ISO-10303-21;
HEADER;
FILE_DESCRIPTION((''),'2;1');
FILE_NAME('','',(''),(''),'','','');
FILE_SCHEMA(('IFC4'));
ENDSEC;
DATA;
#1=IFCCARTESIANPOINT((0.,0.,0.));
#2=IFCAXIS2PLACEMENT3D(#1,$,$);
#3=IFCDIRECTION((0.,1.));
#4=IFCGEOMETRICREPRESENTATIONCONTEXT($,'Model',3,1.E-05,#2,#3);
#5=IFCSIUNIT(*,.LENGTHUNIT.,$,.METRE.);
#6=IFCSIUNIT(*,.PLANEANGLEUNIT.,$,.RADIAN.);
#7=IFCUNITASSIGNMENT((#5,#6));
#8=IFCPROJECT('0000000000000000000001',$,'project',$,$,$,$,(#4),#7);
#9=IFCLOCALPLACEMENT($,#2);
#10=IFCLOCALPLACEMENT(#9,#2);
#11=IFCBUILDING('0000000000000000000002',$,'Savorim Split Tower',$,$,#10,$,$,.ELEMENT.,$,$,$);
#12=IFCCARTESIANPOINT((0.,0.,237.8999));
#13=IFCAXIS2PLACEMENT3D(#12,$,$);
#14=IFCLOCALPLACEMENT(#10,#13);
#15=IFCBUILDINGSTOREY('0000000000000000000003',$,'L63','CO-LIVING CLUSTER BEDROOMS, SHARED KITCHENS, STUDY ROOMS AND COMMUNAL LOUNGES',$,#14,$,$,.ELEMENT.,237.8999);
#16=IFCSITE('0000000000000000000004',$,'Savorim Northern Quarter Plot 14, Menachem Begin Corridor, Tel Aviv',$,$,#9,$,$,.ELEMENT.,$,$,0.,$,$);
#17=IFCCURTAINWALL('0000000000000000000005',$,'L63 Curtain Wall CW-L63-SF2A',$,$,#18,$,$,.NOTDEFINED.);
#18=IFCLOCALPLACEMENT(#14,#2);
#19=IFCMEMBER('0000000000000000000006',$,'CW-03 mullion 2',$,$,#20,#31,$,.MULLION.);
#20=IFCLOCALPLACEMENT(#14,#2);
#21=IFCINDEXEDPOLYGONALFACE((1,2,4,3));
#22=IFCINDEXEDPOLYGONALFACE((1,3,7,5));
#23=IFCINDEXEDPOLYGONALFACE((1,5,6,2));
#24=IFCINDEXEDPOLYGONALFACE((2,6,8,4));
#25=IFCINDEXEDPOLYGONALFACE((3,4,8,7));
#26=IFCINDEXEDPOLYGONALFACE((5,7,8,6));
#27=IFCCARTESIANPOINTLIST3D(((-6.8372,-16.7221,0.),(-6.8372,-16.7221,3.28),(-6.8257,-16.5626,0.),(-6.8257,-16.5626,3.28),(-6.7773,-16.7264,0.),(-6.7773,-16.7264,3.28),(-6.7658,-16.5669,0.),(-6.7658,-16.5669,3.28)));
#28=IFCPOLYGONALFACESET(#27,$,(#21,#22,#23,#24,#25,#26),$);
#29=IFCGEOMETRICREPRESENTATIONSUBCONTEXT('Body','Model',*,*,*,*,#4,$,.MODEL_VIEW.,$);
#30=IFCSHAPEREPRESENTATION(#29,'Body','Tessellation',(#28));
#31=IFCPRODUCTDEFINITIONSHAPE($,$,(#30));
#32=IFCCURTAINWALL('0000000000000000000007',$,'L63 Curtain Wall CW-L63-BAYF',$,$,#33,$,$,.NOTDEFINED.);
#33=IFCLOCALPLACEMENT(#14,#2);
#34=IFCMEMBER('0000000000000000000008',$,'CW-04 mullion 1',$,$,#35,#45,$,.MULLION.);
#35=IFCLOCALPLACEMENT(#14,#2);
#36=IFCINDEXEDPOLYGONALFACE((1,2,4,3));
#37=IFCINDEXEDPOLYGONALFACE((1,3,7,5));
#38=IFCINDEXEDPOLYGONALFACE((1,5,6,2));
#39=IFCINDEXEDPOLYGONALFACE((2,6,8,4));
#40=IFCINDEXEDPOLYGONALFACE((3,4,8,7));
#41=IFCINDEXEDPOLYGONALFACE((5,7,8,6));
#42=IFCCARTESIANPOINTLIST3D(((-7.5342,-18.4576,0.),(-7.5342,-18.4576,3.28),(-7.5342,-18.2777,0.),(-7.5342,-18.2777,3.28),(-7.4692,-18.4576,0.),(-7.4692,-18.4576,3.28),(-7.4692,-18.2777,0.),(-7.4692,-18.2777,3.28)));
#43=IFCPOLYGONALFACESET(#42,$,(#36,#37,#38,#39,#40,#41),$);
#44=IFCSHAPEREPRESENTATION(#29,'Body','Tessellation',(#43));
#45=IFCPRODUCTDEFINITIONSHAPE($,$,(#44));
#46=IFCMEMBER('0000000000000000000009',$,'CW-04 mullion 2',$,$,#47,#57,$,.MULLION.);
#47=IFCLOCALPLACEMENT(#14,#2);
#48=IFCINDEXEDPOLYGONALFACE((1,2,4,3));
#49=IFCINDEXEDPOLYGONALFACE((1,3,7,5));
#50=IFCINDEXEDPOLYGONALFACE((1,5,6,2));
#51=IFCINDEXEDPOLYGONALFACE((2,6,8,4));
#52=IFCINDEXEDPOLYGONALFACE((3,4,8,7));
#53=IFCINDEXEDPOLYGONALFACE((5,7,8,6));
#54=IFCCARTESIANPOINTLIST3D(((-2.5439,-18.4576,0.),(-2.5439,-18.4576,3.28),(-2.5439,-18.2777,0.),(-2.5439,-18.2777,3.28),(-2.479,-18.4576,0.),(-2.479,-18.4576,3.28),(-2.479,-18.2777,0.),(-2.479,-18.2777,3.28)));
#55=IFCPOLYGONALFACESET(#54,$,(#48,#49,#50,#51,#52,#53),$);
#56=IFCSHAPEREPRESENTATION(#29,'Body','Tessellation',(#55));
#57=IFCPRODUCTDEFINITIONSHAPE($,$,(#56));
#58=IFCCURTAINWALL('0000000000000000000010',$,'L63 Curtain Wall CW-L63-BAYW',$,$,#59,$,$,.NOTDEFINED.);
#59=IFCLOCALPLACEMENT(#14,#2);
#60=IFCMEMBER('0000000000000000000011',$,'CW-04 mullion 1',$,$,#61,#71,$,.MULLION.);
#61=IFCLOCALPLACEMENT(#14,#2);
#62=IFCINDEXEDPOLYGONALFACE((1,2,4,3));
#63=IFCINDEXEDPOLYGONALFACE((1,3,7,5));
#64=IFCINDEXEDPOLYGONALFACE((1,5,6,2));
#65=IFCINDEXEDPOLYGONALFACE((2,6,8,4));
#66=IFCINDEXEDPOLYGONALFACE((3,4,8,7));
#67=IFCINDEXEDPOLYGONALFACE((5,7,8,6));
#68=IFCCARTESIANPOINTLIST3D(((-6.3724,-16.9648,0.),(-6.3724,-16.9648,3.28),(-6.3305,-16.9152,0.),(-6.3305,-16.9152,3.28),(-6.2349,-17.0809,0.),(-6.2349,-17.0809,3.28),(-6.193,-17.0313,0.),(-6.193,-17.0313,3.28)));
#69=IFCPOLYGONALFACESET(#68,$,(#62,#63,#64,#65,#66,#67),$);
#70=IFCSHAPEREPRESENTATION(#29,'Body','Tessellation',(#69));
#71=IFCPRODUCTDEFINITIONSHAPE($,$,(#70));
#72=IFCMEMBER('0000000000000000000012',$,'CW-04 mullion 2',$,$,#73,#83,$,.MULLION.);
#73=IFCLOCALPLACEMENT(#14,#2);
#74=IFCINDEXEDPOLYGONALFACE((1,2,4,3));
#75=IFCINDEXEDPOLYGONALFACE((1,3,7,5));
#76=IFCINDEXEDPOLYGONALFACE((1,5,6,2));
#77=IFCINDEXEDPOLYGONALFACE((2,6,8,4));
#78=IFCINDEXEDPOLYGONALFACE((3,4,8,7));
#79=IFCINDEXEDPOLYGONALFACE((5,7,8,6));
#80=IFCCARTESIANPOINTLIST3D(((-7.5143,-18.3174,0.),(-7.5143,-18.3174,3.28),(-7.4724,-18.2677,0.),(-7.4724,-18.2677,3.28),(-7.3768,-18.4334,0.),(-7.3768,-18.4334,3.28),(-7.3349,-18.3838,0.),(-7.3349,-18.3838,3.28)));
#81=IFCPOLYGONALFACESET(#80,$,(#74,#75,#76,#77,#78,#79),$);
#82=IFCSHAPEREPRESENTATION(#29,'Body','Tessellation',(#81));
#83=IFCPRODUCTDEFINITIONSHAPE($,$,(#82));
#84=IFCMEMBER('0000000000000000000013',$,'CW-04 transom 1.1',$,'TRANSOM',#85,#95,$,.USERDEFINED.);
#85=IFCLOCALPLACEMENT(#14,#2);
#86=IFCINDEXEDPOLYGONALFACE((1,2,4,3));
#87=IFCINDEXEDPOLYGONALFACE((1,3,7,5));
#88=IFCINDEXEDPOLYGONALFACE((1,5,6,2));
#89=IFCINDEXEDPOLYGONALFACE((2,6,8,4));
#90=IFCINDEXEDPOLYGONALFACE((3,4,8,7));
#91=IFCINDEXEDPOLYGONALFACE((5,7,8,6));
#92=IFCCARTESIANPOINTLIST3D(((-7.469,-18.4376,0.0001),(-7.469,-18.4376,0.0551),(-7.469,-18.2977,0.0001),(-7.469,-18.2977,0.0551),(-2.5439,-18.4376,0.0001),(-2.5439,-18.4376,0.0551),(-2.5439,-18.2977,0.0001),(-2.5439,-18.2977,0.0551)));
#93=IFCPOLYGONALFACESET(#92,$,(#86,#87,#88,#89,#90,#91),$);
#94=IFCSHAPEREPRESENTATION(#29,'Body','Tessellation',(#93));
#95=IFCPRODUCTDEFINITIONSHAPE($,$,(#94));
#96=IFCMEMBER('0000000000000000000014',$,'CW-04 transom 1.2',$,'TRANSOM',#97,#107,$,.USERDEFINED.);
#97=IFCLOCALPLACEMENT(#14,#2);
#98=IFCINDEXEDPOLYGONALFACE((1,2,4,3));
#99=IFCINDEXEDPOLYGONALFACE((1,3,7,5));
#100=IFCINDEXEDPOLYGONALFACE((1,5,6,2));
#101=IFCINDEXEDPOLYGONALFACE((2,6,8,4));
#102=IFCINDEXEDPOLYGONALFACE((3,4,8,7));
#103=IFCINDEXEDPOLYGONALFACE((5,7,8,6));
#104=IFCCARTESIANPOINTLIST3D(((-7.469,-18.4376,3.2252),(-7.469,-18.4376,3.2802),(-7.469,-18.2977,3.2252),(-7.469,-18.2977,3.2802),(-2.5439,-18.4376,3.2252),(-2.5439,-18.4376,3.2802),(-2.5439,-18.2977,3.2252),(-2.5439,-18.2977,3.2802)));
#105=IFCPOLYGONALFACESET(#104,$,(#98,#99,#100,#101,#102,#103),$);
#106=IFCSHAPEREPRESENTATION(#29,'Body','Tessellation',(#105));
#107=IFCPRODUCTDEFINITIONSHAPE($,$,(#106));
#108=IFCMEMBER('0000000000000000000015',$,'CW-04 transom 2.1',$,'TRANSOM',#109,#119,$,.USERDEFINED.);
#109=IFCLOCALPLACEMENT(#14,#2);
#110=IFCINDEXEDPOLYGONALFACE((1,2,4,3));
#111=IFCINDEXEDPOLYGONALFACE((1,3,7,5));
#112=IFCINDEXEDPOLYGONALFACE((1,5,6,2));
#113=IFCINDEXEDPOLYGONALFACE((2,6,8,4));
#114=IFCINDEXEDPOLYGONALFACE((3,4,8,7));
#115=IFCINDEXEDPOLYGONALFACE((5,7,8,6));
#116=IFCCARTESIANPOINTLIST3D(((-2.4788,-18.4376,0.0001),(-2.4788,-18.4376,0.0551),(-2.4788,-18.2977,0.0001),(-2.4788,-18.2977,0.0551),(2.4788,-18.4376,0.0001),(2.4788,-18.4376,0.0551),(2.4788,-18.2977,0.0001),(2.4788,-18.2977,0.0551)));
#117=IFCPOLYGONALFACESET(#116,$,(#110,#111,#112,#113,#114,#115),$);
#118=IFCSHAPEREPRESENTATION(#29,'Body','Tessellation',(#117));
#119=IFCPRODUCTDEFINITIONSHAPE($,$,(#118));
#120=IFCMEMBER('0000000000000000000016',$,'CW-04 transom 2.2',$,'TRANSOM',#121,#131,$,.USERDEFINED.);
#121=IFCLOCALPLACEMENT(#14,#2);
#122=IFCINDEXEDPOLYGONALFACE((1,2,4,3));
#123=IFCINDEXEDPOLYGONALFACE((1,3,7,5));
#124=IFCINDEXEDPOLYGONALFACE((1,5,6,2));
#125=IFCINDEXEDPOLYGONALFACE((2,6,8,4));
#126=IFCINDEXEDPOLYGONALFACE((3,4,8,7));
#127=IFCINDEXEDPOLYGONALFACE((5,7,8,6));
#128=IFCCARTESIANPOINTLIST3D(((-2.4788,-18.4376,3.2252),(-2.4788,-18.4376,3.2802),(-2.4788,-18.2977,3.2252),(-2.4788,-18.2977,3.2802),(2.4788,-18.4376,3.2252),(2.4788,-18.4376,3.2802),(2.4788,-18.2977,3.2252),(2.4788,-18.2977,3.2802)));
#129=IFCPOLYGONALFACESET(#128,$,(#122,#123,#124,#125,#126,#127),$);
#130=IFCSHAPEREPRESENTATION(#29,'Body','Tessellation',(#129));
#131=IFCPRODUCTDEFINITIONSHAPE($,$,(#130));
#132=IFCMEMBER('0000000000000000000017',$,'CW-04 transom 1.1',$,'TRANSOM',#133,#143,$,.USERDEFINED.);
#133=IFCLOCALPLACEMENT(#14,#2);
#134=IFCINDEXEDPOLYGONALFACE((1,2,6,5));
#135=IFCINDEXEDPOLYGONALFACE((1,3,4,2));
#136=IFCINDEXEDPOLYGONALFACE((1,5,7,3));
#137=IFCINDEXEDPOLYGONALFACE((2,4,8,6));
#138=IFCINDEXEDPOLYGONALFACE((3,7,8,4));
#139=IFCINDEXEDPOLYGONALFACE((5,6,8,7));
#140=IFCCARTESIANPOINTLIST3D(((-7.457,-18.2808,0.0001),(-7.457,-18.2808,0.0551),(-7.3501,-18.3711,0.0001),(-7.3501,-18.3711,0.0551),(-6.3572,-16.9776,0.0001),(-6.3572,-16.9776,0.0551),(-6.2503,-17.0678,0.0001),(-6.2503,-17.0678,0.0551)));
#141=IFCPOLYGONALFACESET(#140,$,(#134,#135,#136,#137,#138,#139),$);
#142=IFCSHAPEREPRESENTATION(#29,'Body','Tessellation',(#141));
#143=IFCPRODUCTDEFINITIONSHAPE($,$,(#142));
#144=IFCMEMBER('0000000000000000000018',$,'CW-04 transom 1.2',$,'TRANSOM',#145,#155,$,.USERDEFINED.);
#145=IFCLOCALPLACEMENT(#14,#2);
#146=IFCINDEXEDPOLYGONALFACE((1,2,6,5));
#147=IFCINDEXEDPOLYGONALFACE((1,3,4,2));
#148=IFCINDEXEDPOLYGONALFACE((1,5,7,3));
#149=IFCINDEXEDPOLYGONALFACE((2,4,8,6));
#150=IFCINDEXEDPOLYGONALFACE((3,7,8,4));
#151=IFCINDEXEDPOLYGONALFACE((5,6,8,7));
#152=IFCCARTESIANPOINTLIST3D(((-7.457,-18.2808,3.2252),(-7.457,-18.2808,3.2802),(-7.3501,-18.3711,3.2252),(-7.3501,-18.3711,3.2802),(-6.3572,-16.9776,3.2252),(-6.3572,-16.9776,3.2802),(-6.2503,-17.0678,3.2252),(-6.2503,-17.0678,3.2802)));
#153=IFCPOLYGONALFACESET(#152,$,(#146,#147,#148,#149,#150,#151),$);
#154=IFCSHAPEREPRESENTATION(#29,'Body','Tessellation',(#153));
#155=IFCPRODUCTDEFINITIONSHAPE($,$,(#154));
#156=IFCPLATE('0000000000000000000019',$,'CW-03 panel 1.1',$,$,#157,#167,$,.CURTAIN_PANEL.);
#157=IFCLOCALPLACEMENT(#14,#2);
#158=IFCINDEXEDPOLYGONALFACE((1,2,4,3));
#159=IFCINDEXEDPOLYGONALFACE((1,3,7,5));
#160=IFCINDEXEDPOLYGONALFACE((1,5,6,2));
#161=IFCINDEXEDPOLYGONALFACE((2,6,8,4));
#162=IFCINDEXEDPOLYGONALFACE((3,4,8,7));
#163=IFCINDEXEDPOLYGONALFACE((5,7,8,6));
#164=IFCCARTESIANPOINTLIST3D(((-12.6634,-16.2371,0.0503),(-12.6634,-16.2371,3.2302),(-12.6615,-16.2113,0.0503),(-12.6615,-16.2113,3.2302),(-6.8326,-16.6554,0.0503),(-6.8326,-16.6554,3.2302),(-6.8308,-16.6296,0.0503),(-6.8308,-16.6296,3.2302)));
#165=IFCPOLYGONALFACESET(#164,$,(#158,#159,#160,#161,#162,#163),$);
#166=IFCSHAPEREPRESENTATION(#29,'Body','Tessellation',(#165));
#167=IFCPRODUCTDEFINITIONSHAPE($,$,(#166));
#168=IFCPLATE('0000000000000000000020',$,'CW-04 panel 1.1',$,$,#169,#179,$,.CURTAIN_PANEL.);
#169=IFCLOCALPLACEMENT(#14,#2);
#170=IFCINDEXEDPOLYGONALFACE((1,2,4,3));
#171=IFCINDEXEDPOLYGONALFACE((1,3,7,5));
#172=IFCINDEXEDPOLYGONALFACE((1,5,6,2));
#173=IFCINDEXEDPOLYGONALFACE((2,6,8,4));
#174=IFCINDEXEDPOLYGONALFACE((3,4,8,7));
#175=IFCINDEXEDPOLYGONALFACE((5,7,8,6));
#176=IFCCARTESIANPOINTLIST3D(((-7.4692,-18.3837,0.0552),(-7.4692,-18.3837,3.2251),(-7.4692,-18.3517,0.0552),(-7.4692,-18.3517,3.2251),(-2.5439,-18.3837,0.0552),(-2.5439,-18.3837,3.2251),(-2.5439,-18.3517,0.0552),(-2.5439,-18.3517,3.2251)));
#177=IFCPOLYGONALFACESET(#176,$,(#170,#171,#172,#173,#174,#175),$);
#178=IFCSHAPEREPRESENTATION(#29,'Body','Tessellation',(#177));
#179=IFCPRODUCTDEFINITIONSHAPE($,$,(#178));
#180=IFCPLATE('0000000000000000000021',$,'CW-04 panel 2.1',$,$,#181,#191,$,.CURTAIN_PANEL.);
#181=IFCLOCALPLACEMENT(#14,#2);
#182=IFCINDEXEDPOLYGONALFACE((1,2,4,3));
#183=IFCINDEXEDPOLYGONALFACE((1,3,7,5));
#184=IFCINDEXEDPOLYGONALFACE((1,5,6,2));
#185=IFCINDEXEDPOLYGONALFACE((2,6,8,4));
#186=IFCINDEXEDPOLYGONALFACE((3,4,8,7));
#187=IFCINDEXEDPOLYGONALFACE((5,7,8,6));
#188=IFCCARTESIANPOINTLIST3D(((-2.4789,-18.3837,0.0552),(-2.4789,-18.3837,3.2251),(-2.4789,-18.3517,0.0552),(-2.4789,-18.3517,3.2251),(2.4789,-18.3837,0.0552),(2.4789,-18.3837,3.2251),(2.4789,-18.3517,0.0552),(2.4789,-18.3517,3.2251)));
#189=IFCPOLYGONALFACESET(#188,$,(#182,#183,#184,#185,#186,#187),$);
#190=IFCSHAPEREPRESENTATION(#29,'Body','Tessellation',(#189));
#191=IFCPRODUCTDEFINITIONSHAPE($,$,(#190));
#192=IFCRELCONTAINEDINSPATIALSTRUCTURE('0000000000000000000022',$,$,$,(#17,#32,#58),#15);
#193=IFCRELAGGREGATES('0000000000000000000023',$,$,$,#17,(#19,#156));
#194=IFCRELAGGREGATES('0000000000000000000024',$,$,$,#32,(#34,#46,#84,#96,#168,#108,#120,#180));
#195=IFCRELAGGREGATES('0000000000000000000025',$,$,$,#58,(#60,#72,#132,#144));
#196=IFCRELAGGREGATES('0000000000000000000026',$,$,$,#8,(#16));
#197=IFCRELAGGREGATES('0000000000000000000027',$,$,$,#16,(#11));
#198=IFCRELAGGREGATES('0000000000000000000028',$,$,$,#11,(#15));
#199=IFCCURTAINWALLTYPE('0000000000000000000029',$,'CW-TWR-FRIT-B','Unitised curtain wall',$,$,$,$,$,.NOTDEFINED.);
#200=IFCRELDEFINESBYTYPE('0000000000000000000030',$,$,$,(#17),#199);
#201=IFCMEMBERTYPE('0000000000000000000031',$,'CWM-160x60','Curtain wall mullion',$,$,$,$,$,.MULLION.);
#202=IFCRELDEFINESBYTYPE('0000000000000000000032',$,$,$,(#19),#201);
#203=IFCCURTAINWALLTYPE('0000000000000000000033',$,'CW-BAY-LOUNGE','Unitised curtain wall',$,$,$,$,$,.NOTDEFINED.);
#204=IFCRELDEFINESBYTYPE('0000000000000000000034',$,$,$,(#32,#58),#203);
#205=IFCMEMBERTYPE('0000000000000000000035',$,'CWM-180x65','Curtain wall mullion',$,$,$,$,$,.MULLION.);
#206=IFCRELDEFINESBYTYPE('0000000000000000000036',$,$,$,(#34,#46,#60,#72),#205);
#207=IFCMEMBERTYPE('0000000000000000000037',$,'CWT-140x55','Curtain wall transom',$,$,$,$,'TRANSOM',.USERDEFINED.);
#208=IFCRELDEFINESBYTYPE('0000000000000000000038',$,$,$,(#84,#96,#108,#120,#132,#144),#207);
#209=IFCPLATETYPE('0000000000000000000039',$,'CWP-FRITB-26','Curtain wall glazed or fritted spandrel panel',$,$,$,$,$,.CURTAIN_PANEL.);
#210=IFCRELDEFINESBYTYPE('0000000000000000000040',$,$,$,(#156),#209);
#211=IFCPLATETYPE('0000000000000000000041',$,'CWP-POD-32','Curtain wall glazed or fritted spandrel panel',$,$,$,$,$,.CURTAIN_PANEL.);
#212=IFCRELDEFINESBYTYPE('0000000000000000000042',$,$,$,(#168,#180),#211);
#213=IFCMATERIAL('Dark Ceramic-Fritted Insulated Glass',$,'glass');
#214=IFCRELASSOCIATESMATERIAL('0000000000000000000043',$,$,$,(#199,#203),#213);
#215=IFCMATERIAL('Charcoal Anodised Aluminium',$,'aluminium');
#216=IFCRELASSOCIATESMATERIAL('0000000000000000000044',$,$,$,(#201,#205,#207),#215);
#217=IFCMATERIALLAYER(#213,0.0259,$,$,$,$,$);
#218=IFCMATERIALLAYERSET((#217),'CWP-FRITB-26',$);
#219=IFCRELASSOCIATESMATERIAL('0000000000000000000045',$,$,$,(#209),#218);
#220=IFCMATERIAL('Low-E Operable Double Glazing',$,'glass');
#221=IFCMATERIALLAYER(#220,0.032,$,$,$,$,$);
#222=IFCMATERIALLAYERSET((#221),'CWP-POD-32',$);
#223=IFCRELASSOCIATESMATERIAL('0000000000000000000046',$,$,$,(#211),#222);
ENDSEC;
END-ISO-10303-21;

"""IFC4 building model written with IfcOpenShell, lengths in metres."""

from ifc_helpers import new_model, si_unit, direction, frame, origin, origin_2d, place, context, subcontext, project, spatial, rectangle, extrude, material, layer, layer_set, material_profile, profile_set, type_object, element, aggregate, save


model = new_model("IFC4")

# Units and contexts
model_context = context("Model", 3, precision=1e-05, world=origin(), true_north=direction((0.0, 1.0)))
body_context = subcontext(model_context, "Body", "Model", "MODEL_VIEW")
ifc_project = project(units=[si_unit("LENGTHUNIT", "METRE"), si_unit("PLANEANGLEUNIT", "RADIAN")], contexts=[model_context])

# Site, building, storey
site_placement = place(None, origin())
site = spatial("IfcSite", under=ifc_project, at=site_placement, Name="Savorim Northern Quarter Plot 14, Menachem Begin Corridor, Tel Aviv", CompositionType="ELEMENT", RefElevation=0.0)
building_placement = place(site_placement, origin())
building = spatial("IfcBuilding", under=site, at=building_placement, Name="Savorim Split Tower", CompositionType="ELEMENT")
storey_placement = place(building_placement, frame((0.0, 0.0, 237.8999)))
storey = spatial("IfcBuildingStorey", under=building, at=storey_placement, Name="L63", Description="CO-LIVING CLUSTER BEDROOMS, SHARED KITCHENS, STUDY ROOMS AND COMMUNAL LOUNGES", CompositionType="ELEMENT", Elevation=237.8999)

# Curtain wall, member
ifc_material_1 = material(Name="Dark Ceramic-Fritted Insulated Glass", Category="glass")
curtain_wall_type_1 = type_object("IfcCurtainWallType", Name="CW-TWR-FRIT-B", Description="Unitised curtain wall", PredefinedType="NOTDEFINED", material=ifc_material_1)
curtain_wall_1_placement = place(storey_placement, origin())
curtain_wall_1 = element("IfcCurtainWall", 1, at=curtain_wall_1_placement, inside=storey, type_object=curtain_wall_type_1, Name="L63 Curtain Wall CW-L63-SF2A", PredefinedType="NOTDEFINED")
ifc_material_2 = material(Name="Charcoal Anodised Aluminium", Category="aluminium")
ifc_material_profile_1 = material_profile(ifc_material_2, rectangle(XDim=0.1599, YDim=0.0601, at=origin_2d()), Name="ALU-M 160x60")
ifc_profile_set_1 = profile_set([ifc_material_profile_1], Name="Charcoal Anodised Aluminium")
member_type_1 = type_object("IfcMemberType", Name="CWM-160x60", Description="Curtain wall mullion", PredefinedType="MULLION", material=ifc_profile_set_1)
member_1_placement = place(storey_placement, frame((-6.8015, -16.6445, 0.0), z_axis=(0.0, 0.0, 1.0), x_axis=(0.071558, 0.997436, 0.0)))
member_1 = element("IfcMember", 2, at=member_1_placement, type_object=member_type_1, Name="CW-03 mullion 2", PredefinedType="MULLION", context=body_context, shape_type="SweptSolid", body=[
    extrude(rectangle(XDim=0.1599, YDim=0.0601, at=origin_2d()), origin(), (0.0, 0.0, 1.0), 3.28),
])

# Curtain walls, members
curtain_wall_type_2 = type_object("IfcCurtainWallType", Name="CW-BAY-LOUNGE", Description="Unitised curtain wall", PredefinedType="NOTDEFINED", material=ifc_material_1)
curtain_wall_2_placement = place(storey_placement, origin())
curtain_wall_2 = element("IfcCurtainWall", 3, at=curtain_wall_2_placement, inside=storey, type_object=curtain_wall_type_2, Name="L63 Curtain Wall CW-L63-BAYF", PredefinedType="NOTDEFINED")
ifc_material_profile_2 = material_profile(ifc_material_2, rectangle(XDim=0.1799, YDim=0.0649, at=origin_2d()), Name="ALU-M 180x65")
ifc_profile_set_2 = profile_set([ifc_material_profile_2], Name="Charcoal Anodised Aluminium")
member_type_2 = type_object("IfcMemberType", Name="CWM-180x65", Description="Curtain wall mullion", PredefinedType="MULLION", material=ifc_profile_set_2)
member_2_placement = place(storey_placement, frame((-7.5017, -18.3677, 0.0), z_axis=(0.0, 0.0, 1.0), x_axis=(0.0, 1.0, 0.0)))
member_2 = element("IfcMember", 4, at=member_2_placement, type_object=member_type_2, Name="CW-04 mullion 1", PredefinedType="MULLION", context=body_context, shape_type="SweptSolid", body=[
    extrude(rectangle(XDim=0.1799, YDim=0.0649, at=origin_2d()), origin(), (0.0, 0.0, 1.0), 3.28),
])
member_3_placement = place(storey_placement, frame((-2.5115, -18.3677, 0.0), z_axis=(0.0, 0.0, 1.0), x_axis=(0.0, 1.0, 0.0)))
member_3 = element("IfcMember", 5, at=member_3_placement, type_object=member_type_2, Name="CW-04 mullion 2", PredefinedType="MULLION", context=body_context, shape_type="SweptSolid", body=[
    extrude(rectangle(XDim=0.1799, YDim=0.0649, at=origin_2d()), origin(), (0.0, 0.0, 1.0), 3.28),
])
curtain_wall_3_placement = place(storey_placement, origin())
curtain_wall_3 = element("IfcCurtainWall", 6, at=curtain_wall_3_placement, inside=storey, type_object=curtain_wall_type_2, Name="L63 Curtain Wall CW-L63-BAYW", PredefinedType="NOTDEFINED")
member_4_placement = place(storey_placement, frame((-6.2827, -16.998, 0.0), z_axis=(0.0, 0.0, 1.0), x_axis=(0.764177, -0.645006, 0.0)))
member_4 = element("IfcMember", 7, at=member_4_placement, type_object=member_type_2, Name="CW-04 mullion 1", PredefinedType="MULLION", context=body_context, shape_type="SweptSolid", body=[
    extrude(rectangle(XDim=0.1799, YDim=0.0649, at=origin_2d()), origin(), (0.0, 0.0, 1.0), 3.28),
])
member_5_placement = place(storey_placement, frame((-7.4246, -18.3506, 0.0), z_axis=(0.0, 0.0, 1.0), x_axis=(0.764177, -0.645006, 0.0)))
member_5 = element("IfcMember", 8, at=member_5_placement, type_object=member_type_2, Name="CW-04 mullion 2", PredefinedType="MULLION", context=body_context, shape_type="SweptSolid", body=[
    extrude(rectangle(XDim=0.1799, YDim=0.0649, at=origin_2d()), origin(), (0.0, 0.0, 1.0), 3.28),
])

# Members
ifc_material_profile_3 = material_profile(ifc_material_2, rectangle(XDim=0.1399, YDim=0.0549, at=origin_2d()), Name="ALU-T 140x55")
ifc_profile_set_3 = profile_set([ifc_material_profile_3], Name="Charcoal Anodised Aluminium")
member_type_3 = type_object("IfcMemberType", Name="CWT-140x55", Description="Curtain wall transom", ElementType="TRANSOM", PredefinedType="USERDEFINED", material=ifc_profile_set_3)
member_6_placement = place(storey_placement, frame((-7.469, -18.3677, 0.0276), z_axis=(1.0, 0.0, 0.0), x_axis=(0.0, 1.0, 0.0)))
member_6 = element("IfcMember", 9, at=member_6_placement, type_object=member_type_3, Name="CW-04 transom 1.1", ObjectType="TRANSOM", PredefinedType="USERDEFINED", context=body_context, shape_type="SweptSolid", body=[
    extrude(rectangle(XDim=0.1399, YDim=0.0549, at=origin_2d()), origin(), (0.0, 0.0, 1.0), 4.925),
])
member_7_placement = place(storey_placement, frame((-7.469, -18.3677, 3.2527), z_axis=(1.0, 0.0, 0.0), x_axis=(0.0, 1.0, 0.0)))
member_7 = element("IfcMember", 10, at=member_7_placement, type_object=member_type_3, Name="CW-04 transom 1.2", ObjectType="TRANSOM", PredefinedType="USERDEFINED", context=body_context, shape_type="SweptSolid", body=[
    extrude(rectangle(XDim=0.1399, YDim=0.0549, at=origin_2d()), origin(), (0.0, 0.0, 1.0), 4.925),
])
member_8_placement = place(storey_placement, frame((-2.4788, -18.3677, 0.0276), z_axis=(1.0, 0.0, 0.0), x_axis=(0.0, 1.0, 0.0)))
member_8 = element("IfcMember", 11, at=member_8_placement, type_object=member_type_3, Name="CW-04 transom 2.1", ObjectType="TRANSOM", PredefinedType="USERDEFINED", context=body_context, shape_type="SweptSolid", body=[
    extrude(rectangle(XDim=0.1399, YDim=0.0549, at=origin_2d()), origin(), (0.0, 0.0, 1.0), 4.9575),
])
member_9_placement = place(storey_placement, frame((-2.4788, -18.3677, 3.2527), z_axis=(1.0, 0.0, 0.0), x_axis=(0.0, 1.0, 0.0)))
member_9 = element("IfcMember", 12, at=member_9_placement, type_object=member_type_3, Name="CW-04 transom 2.2", ObjectType="TRANSOM", PredefinedType="USERDEFINED", context=body_context, shape_type="SweptSolid", body=[
    extrude(rectangle(XDim=0.1399, YDim=0.0549, at=origin_2d()), origin(), (0.0, 0.0, 1.0), 4.9575),
])
member_10_placement = place(storey_placement, frame((-6.3037, -17.0227, 0.0276), z_axis=(-0.64496, -0.764217, 0.0), x_axis=(0.764217, -0.64496, 0.0)))
member_10 = element("IfcMember", 13, at=member_10_placement, type_object=member_type_3, Name="CW-04 transom 1.1", ObjectType="TRANSOM", PredefinedType="USERDEFINED", context=body_context, shape_type="SweptSolid", body=[
    extrude(rectangle(XDim=0.1399, YDim=0.0549, at=origin_2d()), origin(), (0.0, 0.0, 1.0), 1.7053),
])
member_11_placement = place(storey_placement, frame((-6.3037, -17.0227, 3.2527), z_axis=(-0.64496, -0.764217, 0.0), x_axis=(0.764217, -0.64496, 0.0)))
member_11 = element("IfcMember", 14, at=member_11_placement, type_object=member_type_3, Name="CW-04 transom 1.2", ObjectType="TRANSOM", PredefinedType="USERDEFINED", context=body_context, shape_type="SweptSolid", body=[
    extrude(rectangle(XDim=0.1399, YDim=0.0549, at=origin_2d()), origin(), (0.0, 0.0, 1.0), 1.7053),
])

# Plates
ifc_layer_1 = layer(ifc_material_1, 0.0259)
ifc_layer_set_1 = layer_set([ifc_layer_1], Name="CWP-FRITB-26")
plate_type_1 = type_object("IfcPlateType", Name="CWP-FRITB-26", Description="Curtain wall glazed or fritted spandrel panel", PredefinedType="CURTAIN_PANEL", material=ifc_layer_set_1)
plate_1_placement = place(storey_placement, frame((-9.7471, -16.4333, 0.0503), z_axis=(0.0, 0.0, 1.0), x_axis=(0.997436, -0.071558, 0.0)))
plate_1 = element("IfcPlate", 15, at=plate_1_placement, type_object=plate_type_1, Name="CW-03 panel 1.1", PredefinedType="CURTAIN_PANEL", context=body_context, shape_type="SweptSolid", body=[
    extrude(rectangle(XDim=5.8457, YDim=0.0259, at=origin_2d()), origin(), (0.0, 0.0, 1.0), 3.1799),
])
aggregate(curtain_wall_1, [member_1, plate_1])
ifc_material_3 = material(Name="Low-E Operable Double Glazing", Category="glass")
ifc_layer_2 = layer(ifc_material_3, 0.032)
ifc_layer_set_2 = layer_set([ifc_layer_2], Name="CWP-POD-32")
plate_type_2 = type_object("IfcPlateType", Name="CWP-POD-32", Description="Curtain wall glazed or fritted spandrel panel", PredefinedType="CURTAIN_PANEL", material=ifc_layer_set_2)
plate_2_placement = place(storey_placement, frame((-5.0066, -18.3677, 0.0552), z_axis=(0.0, 0.0, 1.0), x_axis=(1.0, 0.0, 0.0)))
plate_2 = element("IfcPlate", 16, at=plate_2_placement, type_object=plate_type_2, Name="CW-04 panel 1.1", PredefinedType="CURTAIN_PANEL", context=body_context, shape_type="SweptSolid", body=[
    extrude(rectangle(XDim=4.9253, YDim=0.032, at=origin_2d()), origin(), (0.0, 0.0, 1.0), 3.1699),
])
plate_3_placement = place(storey_placement, frame((0.0, -18.3677, 0.0552), z_axis=(0.0, 0.0, 1.0), x_axis=(1.0, 0.0, 0.0)))
plate_3 = element("IfcPlate", 17, at=plate_3_placement, type_object=plate_type_2, Name="CW-04 panel 2.1", PredefinedType="CURTAIN_PANEL", context=body_context, shape_type="SweptSolid", body=[
    extrude(rectangle(XDim=4.9578, YDim=0.032, at=origin_2d()), origin(), (0.0, 0.0, 1.0), 3.1699),
])
aggregate(curtain_wall_2, [member_2, member_3, member_6, member_7, plate_2, member_8, member_9, plate_3])
aggregate(curtain_wall_3, [member_4, member_5, member_10, member_11])

save(model, "model.ifc")
